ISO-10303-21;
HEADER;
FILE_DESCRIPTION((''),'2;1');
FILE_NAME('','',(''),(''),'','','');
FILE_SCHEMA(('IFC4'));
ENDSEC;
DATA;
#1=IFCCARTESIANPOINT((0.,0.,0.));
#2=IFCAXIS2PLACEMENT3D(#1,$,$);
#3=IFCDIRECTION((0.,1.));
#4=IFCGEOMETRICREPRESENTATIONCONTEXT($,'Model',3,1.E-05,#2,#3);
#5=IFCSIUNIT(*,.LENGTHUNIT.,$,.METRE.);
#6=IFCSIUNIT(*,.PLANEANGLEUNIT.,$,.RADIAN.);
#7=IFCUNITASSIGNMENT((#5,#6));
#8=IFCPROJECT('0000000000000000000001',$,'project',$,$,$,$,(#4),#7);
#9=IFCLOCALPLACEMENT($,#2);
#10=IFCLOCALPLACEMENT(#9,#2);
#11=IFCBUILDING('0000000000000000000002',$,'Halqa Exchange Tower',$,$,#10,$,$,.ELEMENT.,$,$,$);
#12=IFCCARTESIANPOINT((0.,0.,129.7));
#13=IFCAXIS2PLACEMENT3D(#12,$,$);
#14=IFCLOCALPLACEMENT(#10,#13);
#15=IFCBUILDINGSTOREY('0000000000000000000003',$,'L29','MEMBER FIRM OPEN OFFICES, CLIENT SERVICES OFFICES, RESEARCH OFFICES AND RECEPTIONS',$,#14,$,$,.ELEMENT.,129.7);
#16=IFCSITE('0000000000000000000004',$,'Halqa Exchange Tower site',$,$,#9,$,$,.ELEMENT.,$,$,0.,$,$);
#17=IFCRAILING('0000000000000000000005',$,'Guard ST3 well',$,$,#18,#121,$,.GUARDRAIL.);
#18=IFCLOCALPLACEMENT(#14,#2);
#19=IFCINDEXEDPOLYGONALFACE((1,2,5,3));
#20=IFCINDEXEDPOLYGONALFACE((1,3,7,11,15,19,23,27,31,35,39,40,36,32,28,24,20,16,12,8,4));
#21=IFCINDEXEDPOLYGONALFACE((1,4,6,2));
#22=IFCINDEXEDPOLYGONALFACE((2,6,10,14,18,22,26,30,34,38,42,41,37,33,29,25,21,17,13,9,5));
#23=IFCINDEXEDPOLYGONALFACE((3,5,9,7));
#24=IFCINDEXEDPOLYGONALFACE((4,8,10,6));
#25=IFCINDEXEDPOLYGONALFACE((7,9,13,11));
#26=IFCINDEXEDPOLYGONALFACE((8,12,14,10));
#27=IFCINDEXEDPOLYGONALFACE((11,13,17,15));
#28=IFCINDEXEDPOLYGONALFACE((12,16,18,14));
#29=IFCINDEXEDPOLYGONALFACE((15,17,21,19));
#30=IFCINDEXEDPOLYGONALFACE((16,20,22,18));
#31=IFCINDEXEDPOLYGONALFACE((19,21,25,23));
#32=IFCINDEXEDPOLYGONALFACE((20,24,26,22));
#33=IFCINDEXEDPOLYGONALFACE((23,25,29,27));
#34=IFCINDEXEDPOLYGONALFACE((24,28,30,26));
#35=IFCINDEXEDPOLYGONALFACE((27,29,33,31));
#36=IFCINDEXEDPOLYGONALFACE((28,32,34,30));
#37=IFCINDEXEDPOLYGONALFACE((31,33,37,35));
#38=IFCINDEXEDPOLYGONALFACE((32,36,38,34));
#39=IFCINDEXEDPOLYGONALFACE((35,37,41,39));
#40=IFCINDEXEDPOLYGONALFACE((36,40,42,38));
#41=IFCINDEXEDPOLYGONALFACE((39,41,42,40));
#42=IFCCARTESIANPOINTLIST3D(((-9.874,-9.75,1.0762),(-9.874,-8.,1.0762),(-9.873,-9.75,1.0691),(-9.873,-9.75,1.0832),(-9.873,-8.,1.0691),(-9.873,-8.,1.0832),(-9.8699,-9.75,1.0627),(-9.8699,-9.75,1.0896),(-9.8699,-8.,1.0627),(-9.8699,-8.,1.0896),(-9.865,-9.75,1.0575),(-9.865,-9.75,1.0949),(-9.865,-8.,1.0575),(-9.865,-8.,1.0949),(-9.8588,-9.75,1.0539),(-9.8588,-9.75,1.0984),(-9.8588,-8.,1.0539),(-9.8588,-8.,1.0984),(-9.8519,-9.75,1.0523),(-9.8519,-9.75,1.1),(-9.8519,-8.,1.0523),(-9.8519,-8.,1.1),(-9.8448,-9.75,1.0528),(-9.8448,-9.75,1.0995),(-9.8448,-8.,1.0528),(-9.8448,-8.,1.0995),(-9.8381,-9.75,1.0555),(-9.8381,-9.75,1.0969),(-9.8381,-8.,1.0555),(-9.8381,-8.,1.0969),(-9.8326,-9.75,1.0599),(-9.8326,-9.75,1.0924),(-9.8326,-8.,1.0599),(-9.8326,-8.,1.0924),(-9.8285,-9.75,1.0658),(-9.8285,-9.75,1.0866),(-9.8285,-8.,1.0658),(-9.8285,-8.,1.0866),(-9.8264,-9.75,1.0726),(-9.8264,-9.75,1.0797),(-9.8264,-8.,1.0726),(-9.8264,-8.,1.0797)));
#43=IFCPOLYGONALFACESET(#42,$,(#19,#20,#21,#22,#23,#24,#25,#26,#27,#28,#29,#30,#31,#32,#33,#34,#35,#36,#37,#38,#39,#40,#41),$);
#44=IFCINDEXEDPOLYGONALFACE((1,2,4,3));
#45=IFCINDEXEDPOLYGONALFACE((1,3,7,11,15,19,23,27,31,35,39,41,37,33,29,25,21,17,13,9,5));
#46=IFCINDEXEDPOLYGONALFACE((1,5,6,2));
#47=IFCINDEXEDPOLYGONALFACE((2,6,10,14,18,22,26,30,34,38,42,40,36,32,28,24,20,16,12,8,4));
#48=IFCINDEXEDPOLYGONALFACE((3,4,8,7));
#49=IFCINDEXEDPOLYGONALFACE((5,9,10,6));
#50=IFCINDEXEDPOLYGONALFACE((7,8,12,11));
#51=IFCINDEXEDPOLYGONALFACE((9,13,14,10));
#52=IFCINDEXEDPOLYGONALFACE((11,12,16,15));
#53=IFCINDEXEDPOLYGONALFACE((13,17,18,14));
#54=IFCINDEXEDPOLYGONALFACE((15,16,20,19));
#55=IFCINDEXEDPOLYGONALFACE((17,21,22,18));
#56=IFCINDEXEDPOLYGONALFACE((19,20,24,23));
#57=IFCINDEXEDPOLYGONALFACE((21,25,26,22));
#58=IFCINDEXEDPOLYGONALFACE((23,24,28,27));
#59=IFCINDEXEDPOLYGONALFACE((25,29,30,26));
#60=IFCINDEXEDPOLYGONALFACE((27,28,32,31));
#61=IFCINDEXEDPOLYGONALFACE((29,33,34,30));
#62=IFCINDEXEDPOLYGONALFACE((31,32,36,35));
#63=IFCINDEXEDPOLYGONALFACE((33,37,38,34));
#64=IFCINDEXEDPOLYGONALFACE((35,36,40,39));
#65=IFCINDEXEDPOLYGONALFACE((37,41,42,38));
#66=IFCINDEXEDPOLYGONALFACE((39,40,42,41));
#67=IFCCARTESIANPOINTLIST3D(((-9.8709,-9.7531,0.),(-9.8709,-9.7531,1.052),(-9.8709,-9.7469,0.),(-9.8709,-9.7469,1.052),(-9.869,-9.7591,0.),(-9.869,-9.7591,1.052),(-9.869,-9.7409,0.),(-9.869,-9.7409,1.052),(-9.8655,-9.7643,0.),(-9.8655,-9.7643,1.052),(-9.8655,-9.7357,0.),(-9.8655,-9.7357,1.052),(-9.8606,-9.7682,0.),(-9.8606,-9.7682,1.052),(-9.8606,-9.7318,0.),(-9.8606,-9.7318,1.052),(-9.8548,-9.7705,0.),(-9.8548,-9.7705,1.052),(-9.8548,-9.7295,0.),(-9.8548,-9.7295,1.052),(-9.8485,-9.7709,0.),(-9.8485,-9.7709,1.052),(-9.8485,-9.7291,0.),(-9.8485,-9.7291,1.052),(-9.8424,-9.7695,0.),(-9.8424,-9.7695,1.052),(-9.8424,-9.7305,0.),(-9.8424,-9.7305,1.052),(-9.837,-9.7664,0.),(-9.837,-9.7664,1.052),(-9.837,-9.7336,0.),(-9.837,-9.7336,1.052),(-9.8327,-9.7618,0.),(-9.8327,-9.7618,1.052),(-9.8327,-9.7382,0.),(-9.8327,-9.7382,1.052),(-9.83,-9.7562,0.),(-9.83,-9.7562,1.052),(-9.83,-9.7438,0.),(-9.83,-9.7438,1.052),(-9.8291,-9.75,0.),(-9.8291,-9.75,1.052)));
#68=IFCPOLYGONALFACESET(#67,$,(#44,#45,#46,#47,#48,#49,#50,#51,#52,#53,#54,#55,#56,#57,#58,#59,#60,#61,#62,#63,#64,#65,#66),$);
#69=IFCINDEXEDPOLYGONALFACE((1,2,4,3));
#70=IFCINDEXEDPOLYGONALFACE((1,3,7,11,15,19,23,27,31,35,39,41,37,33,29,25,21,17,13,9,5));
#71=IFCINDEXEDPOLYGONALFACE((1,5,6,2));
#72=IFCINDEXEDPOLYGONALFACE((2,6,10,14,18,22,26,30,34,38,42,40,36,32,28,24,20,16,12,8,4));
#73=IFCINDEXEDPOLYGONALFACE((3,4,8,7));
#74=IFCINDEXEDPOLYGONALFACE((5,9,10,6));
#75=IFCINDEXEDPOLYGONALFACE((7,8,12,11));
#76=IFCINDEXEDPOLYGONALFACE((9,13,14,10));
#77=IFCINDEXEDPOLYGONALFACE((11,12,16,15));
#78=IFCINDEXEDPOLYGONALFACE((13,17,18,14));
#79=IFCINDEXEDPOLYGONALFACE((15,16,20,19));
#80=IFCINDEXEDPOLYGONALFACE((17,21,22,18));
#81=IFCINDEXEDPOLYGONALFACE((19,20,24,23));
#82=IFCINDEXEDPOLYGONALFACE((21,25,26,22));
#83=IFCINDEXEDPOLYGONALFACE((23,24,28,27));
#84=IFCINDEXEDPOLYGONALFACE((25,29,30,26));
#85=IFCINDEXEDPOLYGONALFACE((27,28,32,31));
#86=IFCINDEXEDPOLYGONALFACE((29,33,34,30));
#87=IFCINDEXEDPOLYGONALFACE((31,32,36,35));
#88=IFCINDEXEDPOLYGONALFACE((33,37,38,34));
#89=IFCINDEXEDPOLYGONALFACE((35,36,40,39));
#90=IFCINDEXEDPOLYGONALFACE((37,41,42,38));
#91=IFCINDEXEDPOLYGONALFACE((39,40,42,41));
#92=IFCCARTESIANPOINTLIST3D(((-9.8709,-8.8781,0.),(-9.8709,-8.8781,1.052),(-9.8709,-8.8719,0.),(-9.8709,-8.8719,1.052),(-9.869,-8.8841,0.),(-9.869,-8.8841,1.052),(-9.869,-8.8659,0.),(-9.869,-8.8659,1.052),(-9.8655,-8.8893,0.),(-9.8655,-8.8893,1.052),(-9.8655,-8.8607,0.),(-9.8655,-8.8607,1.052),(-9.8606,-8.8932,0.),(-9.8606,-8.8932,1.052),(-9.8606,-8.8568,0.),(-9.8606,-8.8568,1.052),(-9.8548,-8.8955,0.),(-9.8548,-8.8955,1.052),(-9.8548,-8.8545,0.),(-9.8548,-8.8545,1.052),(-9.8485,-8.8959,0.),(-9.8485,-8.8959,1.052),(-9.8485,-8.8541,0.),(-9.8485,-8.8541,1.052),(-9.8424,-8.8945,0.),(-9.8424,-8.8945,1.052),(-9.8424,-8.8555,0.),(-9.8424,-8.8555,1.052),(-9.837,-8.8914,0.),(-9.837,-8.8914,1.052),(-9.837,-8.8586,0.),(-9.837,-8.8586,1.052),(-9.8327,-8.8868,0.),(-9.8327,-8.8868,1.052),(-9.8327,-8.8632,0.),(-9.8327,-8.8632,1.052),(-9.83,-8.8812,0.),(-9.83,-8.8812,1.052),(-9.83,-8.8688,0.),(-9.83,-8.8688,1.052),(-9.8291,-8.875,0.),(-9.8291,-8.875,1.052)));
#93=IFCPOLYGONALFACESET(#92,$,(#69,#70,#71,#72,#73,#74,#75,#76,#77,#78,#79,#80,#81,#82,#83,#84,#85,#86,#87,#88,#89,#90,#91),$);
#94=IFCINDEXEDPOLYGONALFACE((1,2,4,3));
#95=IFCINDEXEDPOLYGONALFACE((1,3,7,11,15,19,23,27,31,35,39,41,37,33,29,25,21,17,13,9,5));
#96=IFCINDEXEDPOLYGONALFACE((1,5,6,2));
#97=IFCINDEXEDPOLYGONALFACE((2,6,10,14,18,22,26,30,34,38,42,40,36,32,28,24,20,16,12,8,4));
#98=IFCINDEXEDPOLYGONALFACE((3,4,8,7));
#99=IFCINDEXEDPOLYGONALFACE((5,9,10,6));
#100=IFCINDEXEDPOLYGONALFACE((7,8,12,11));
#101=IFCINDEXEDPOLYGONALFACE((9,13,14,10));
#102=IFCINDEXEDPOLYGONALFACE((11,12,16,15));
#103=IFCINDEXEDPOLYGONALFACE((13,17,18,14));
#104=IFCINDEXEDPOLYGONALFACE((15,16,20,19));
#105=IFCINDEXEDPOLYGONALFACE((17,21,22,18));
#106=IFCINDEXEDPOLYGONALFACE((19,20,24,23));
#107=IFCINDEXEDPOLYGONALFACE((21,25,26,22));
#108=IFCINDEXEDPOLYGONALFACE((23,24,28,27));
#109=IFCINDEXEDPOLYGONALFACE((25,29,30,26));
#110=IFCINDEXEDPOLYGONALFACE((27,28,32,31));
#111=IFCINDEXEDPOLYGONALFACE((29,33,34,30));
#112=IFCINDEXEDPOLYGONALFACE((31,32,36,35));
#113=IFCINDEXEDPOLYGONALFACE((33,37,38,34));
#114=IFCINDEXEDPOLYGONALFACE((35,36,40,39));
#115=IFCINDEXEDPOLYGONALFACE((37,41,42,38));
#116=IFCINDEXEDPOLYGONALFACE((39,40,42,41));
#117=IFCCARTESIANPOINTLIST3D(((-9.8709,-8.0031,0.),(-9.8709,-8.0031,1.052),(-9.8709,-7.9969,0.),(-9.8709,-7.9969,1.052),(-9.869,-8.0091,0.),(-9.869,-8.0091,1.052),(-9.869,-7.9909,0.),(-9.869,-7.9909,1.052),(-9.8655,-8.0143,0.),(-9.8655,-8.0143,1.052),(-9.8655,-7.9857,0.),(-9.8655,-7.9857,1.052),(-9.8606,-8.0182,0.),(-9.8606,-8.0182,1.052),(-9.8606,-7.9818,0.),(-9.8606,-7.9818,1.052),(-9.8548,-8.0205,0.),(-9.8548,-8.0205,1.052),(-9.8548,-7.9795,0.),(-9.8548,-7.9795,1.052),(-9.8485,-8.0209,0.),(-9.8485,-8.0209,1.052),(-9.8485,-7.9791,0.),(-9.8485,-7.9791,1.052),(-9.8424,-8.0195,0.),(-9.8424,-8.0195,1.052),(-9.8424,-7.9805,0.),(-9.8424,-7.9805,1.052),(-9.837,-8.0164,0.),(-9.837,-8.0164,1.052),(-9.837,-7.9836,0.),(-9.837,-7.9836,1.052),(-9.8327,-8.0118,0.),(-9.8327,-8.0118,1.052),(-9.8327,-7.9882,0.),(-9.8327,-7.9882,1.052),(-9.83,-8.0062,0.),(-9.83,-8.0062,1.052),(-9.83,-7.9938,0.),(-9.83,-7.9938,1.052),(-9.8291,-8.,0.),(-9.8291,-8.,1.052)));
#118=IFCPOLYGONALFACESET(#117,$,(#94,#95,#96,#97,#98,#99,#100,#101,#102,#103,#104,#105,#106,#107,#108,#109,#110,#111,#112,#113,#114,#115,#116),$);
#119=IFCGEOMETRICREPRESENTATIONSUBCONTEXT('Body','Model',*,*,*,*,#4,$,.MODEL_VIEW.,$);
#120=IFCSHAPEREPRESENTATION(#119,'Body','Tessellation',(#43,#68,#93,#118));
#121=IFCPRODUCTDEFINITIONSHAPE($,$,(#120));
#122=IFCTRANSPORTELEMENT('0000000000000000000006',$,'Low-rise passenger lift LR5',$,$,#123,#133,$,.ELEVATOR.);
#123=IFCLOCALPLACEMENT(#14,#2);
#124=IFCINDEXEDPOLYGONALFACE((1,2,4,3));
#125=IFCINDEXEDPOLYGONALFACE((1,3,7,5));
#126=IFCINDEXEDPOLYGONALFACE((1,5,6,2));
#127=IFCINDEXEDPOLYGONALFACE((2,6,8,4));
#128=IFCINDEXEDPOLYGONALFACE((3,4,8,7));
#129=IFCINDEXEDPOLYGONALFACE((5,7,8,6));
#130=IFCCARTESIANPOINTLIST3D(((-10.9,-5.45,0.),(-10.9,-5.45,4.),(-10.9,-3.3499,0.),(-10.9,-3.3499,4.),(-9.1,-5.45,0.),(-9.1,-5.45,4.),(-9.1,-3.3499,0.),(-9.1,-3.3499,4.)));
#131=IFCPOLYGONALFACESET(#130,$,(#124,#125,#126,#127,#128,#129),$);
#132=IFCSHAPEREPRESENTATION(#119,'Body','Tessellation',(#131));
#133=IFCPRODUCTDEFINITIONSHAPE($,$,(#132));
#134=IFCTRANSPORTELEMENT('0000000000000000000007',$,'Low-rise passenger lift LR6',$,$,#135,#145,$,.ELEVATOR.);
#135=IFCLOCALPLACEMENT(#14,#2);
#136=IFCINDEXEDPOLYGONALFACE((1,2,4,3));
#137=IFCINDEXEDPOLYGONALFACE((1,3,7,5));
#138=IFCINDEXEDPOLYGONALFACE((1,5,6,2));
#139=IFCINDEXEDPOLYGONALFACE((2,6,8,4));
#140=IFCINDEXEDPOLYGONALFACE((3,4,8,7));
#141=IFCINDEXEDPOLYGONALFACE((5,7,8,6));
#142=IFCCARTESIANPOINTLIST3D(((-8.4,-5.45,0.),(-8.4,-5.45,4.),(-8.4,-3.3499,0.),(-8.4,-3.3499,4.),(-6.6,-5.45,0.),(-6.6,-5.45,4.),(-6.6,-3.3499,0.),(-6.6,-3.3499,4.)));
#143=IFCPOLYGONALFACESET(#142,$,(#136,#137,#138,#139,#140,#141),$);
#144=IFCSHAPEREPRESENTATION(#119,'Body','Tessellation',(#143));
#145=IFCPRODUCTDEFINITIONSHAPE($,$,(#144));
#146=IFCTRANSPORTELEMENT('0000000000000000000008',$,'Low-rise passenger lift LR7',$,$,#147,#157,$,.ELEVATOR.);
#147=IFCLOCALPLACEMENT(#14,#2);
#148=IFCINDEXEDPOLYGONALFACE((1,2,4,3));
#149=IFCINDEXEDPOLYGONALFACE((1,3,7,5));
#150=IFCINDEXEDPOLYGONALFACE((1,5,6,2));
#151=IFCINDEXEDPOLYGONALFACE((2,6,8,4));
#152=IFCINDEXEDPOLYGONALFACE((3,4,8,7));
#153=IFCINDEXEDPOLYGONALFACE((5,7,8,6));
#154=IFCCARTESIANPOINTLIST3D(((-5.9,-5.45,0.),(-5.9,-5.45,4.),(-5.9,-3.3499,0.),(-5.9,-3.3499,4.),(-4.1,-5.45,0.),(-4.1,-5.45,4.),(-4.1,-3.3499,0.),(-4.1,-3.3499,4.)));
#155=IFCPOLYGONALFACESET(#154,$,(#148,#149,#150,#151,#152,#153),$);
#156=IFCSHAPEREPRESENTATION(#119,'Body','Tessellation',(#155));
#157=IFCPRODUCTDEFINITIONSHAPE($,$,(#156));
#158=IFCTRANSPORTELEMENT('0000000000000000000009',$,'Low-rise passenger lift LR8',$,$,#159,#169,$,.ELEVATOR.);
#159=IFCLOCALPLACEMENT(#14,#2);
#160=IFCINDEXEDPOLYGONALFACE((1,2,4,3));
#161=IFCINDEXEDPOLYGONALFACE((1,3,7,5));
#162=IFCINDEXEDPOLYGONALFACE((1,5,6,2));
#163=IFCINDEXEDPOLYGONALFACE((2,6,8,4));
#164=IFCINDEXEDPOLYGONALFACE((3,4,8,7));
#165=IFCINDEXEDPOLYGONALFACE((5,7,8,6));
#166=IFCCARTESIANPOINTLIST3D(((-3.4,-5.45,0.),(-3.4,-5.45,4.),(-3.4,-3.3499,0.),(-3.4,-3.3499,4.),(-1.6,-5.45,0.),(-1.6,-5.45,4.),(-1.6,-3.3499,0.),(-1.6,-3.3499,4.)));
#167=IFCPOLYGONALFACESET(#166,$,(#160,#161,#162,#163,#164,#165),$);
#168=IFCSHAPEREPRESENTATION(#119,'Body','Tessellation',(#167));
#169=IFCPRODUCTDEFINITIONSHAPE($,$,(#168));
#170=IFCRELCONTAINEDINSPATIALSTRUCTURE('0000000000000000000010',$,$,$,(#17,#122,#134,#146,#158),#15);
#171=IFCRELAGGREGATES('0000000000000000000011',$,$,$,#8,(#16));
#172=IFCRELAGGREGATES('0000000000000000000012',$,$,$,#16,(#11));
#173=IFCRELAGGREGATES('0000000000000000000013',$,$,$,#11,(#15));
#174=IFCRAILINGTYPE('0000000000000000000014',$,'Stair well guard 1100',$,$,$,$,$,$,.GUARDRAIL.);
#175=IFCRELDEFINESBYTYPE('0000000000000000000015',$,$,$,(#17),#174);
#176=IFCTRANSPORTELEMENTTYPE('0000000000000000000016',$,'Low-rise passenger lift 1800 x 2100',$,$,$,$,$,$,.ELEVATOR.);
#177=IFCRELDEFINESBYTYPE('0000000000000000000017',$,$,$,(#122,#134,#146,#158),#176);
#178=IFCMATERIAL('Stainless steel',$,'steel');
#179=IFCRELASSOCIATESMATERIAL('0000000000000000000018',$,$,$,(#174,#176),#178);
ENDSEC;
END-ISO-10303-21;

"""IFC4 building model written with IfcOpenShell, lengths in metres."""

from ifc_helpers import new_model, si_unit, direction, frame, origin, origin_2d, place, context, subcontext, project, spatial, rectangle, circle, extrude, material, type_object, element, save


model = new_model("IFC4")

# Units and contexts
model_context = context("Model", 3, precision=1e-05, world=origin(), true_north=direction((0.0, 1.0)))
body_context = subcontext(model_context, "Body", "Model", "MODEL_VIEW")
ifc_project = project(units=[si_unit("LENGTHUNIT", "METRE"), si_unit("PLANEANGLEUNIT", "RADIAN")], contexts=[model_context])

# Site, building, storey
site_placement = place(None, origin())
site = spatial("IfcSite", under=ifc_project, at=site_placement, Name="Halqa Exchange Tower site", CompositionType="ELEMENT", RefElevation=0.0)
building_placement = place(site_placement, origin())
building = spatial("IfcBuilding", under=site, at=building_placement, Name="Halqa Exchange Tower", CompositionType="ELEMENT")
storey_placement = place(building_placement, frame((0.0, 0.0, 129.7)))
storey = spatial("IfcBuildingStorey", under=building, at=storey_placement, Name="L29", Description="MEMBER FIRM OPEN OFFICES, CLIENT SERVICES OFFICES, RESEARCH OFFICES AND RECEPTIONS", CompositionType="ELEMENT", Elevation=129.7)

# Shared definitions
ifc_material_1 = material(Name="Stainless steel", Category="steel")

# Railing
railing_type_1 = type_object("IfcRailingType", Name="Stair well guard 1100", PredefinedType="GUARDRAIL", material=ifc_material_1)
railing_1_placement = place(storey_placement, frame((-9.8501, -9.75, 0.0)))
element("IfcRailing", 1, at=railing_1_placement, inside=storey, type_object=railing_type_1, Name="Guard ST3 well", PredefinedType="GUARDRAIL", context=body_context, shape_type="SweptSolid", body=[
    extrude(circle(Radius=0.0239, at=origin_2d()), frame((0.0, 0.0, 1.0762), z_axis=(0.0, 1.0, 0.0), x_axis=(-1.0, 0.0, 0.0)), (0.0, 0.0, 1.0), 1.75),
    extrude(circle(Radius=0.021, at=origin_2d()), origin(), (0.0, 0.0, 1.0), 1.052),
    extrude(circle(Radius=0.021, at=origin_2d()), frame((0.0, 0.875, 0.0)), (0.0, 0.0, 1.0), 1.052),
    extrude(circle(Radius=0.021, at=origin_2d()), frame((0.0, 1.75, 0.0)), (0.0, 0.0, 1.0), 1.052),
])

# Transport elements
transport_element_type = type_object("IfcTransportElementType", Name="Low-rise passenger lift 1800 x 2100", PredefinedType="ELEVATOR", material=ifc_material_1)
for number, where, z_axis, x_axis, name in (
    (2, (-10.0, -4.3999, 0.0), (0.0, 0.0, 1.0), (1.0, 0.0, 0.0), "Low-rise passenger lift LR5"),
    (3, (-7.5, -4.3999, 0.0), (0.0, 0.0, 1.0), (1.0, 0.0, 0.0), "Low-rise passenger lift LR6"),
    (4, (-5.0, -4.3999, 0.0), (0.0, 0.0, 1.0), (1.0, 0.0, 0.0), "Low-rise passenger lift LR7"),
    (5, (-2.5, -4.3999, 0.0), (0.0, 0.0, 1.0), (1.0, 0.0, 0.0), "Low-rise passenger lift LR8"),
):
    element("IfcTransportElement", number, at=place(storey_placement, frame(where, z_axis=z_axis, x_axis=x_axis)), inside=storey, type_object=transport_element_type, Name=name, PredefinedType="ELEVATOR", context=body_context, shape_type="SweptSolid", body=[
        extrude(rectangle(XDim=1.8, YDim=2.1001, at=origin_2d()), origin(), (0.0, 0.0, 1.0), 4.0),
    ])

save(model, "model.ifc")
